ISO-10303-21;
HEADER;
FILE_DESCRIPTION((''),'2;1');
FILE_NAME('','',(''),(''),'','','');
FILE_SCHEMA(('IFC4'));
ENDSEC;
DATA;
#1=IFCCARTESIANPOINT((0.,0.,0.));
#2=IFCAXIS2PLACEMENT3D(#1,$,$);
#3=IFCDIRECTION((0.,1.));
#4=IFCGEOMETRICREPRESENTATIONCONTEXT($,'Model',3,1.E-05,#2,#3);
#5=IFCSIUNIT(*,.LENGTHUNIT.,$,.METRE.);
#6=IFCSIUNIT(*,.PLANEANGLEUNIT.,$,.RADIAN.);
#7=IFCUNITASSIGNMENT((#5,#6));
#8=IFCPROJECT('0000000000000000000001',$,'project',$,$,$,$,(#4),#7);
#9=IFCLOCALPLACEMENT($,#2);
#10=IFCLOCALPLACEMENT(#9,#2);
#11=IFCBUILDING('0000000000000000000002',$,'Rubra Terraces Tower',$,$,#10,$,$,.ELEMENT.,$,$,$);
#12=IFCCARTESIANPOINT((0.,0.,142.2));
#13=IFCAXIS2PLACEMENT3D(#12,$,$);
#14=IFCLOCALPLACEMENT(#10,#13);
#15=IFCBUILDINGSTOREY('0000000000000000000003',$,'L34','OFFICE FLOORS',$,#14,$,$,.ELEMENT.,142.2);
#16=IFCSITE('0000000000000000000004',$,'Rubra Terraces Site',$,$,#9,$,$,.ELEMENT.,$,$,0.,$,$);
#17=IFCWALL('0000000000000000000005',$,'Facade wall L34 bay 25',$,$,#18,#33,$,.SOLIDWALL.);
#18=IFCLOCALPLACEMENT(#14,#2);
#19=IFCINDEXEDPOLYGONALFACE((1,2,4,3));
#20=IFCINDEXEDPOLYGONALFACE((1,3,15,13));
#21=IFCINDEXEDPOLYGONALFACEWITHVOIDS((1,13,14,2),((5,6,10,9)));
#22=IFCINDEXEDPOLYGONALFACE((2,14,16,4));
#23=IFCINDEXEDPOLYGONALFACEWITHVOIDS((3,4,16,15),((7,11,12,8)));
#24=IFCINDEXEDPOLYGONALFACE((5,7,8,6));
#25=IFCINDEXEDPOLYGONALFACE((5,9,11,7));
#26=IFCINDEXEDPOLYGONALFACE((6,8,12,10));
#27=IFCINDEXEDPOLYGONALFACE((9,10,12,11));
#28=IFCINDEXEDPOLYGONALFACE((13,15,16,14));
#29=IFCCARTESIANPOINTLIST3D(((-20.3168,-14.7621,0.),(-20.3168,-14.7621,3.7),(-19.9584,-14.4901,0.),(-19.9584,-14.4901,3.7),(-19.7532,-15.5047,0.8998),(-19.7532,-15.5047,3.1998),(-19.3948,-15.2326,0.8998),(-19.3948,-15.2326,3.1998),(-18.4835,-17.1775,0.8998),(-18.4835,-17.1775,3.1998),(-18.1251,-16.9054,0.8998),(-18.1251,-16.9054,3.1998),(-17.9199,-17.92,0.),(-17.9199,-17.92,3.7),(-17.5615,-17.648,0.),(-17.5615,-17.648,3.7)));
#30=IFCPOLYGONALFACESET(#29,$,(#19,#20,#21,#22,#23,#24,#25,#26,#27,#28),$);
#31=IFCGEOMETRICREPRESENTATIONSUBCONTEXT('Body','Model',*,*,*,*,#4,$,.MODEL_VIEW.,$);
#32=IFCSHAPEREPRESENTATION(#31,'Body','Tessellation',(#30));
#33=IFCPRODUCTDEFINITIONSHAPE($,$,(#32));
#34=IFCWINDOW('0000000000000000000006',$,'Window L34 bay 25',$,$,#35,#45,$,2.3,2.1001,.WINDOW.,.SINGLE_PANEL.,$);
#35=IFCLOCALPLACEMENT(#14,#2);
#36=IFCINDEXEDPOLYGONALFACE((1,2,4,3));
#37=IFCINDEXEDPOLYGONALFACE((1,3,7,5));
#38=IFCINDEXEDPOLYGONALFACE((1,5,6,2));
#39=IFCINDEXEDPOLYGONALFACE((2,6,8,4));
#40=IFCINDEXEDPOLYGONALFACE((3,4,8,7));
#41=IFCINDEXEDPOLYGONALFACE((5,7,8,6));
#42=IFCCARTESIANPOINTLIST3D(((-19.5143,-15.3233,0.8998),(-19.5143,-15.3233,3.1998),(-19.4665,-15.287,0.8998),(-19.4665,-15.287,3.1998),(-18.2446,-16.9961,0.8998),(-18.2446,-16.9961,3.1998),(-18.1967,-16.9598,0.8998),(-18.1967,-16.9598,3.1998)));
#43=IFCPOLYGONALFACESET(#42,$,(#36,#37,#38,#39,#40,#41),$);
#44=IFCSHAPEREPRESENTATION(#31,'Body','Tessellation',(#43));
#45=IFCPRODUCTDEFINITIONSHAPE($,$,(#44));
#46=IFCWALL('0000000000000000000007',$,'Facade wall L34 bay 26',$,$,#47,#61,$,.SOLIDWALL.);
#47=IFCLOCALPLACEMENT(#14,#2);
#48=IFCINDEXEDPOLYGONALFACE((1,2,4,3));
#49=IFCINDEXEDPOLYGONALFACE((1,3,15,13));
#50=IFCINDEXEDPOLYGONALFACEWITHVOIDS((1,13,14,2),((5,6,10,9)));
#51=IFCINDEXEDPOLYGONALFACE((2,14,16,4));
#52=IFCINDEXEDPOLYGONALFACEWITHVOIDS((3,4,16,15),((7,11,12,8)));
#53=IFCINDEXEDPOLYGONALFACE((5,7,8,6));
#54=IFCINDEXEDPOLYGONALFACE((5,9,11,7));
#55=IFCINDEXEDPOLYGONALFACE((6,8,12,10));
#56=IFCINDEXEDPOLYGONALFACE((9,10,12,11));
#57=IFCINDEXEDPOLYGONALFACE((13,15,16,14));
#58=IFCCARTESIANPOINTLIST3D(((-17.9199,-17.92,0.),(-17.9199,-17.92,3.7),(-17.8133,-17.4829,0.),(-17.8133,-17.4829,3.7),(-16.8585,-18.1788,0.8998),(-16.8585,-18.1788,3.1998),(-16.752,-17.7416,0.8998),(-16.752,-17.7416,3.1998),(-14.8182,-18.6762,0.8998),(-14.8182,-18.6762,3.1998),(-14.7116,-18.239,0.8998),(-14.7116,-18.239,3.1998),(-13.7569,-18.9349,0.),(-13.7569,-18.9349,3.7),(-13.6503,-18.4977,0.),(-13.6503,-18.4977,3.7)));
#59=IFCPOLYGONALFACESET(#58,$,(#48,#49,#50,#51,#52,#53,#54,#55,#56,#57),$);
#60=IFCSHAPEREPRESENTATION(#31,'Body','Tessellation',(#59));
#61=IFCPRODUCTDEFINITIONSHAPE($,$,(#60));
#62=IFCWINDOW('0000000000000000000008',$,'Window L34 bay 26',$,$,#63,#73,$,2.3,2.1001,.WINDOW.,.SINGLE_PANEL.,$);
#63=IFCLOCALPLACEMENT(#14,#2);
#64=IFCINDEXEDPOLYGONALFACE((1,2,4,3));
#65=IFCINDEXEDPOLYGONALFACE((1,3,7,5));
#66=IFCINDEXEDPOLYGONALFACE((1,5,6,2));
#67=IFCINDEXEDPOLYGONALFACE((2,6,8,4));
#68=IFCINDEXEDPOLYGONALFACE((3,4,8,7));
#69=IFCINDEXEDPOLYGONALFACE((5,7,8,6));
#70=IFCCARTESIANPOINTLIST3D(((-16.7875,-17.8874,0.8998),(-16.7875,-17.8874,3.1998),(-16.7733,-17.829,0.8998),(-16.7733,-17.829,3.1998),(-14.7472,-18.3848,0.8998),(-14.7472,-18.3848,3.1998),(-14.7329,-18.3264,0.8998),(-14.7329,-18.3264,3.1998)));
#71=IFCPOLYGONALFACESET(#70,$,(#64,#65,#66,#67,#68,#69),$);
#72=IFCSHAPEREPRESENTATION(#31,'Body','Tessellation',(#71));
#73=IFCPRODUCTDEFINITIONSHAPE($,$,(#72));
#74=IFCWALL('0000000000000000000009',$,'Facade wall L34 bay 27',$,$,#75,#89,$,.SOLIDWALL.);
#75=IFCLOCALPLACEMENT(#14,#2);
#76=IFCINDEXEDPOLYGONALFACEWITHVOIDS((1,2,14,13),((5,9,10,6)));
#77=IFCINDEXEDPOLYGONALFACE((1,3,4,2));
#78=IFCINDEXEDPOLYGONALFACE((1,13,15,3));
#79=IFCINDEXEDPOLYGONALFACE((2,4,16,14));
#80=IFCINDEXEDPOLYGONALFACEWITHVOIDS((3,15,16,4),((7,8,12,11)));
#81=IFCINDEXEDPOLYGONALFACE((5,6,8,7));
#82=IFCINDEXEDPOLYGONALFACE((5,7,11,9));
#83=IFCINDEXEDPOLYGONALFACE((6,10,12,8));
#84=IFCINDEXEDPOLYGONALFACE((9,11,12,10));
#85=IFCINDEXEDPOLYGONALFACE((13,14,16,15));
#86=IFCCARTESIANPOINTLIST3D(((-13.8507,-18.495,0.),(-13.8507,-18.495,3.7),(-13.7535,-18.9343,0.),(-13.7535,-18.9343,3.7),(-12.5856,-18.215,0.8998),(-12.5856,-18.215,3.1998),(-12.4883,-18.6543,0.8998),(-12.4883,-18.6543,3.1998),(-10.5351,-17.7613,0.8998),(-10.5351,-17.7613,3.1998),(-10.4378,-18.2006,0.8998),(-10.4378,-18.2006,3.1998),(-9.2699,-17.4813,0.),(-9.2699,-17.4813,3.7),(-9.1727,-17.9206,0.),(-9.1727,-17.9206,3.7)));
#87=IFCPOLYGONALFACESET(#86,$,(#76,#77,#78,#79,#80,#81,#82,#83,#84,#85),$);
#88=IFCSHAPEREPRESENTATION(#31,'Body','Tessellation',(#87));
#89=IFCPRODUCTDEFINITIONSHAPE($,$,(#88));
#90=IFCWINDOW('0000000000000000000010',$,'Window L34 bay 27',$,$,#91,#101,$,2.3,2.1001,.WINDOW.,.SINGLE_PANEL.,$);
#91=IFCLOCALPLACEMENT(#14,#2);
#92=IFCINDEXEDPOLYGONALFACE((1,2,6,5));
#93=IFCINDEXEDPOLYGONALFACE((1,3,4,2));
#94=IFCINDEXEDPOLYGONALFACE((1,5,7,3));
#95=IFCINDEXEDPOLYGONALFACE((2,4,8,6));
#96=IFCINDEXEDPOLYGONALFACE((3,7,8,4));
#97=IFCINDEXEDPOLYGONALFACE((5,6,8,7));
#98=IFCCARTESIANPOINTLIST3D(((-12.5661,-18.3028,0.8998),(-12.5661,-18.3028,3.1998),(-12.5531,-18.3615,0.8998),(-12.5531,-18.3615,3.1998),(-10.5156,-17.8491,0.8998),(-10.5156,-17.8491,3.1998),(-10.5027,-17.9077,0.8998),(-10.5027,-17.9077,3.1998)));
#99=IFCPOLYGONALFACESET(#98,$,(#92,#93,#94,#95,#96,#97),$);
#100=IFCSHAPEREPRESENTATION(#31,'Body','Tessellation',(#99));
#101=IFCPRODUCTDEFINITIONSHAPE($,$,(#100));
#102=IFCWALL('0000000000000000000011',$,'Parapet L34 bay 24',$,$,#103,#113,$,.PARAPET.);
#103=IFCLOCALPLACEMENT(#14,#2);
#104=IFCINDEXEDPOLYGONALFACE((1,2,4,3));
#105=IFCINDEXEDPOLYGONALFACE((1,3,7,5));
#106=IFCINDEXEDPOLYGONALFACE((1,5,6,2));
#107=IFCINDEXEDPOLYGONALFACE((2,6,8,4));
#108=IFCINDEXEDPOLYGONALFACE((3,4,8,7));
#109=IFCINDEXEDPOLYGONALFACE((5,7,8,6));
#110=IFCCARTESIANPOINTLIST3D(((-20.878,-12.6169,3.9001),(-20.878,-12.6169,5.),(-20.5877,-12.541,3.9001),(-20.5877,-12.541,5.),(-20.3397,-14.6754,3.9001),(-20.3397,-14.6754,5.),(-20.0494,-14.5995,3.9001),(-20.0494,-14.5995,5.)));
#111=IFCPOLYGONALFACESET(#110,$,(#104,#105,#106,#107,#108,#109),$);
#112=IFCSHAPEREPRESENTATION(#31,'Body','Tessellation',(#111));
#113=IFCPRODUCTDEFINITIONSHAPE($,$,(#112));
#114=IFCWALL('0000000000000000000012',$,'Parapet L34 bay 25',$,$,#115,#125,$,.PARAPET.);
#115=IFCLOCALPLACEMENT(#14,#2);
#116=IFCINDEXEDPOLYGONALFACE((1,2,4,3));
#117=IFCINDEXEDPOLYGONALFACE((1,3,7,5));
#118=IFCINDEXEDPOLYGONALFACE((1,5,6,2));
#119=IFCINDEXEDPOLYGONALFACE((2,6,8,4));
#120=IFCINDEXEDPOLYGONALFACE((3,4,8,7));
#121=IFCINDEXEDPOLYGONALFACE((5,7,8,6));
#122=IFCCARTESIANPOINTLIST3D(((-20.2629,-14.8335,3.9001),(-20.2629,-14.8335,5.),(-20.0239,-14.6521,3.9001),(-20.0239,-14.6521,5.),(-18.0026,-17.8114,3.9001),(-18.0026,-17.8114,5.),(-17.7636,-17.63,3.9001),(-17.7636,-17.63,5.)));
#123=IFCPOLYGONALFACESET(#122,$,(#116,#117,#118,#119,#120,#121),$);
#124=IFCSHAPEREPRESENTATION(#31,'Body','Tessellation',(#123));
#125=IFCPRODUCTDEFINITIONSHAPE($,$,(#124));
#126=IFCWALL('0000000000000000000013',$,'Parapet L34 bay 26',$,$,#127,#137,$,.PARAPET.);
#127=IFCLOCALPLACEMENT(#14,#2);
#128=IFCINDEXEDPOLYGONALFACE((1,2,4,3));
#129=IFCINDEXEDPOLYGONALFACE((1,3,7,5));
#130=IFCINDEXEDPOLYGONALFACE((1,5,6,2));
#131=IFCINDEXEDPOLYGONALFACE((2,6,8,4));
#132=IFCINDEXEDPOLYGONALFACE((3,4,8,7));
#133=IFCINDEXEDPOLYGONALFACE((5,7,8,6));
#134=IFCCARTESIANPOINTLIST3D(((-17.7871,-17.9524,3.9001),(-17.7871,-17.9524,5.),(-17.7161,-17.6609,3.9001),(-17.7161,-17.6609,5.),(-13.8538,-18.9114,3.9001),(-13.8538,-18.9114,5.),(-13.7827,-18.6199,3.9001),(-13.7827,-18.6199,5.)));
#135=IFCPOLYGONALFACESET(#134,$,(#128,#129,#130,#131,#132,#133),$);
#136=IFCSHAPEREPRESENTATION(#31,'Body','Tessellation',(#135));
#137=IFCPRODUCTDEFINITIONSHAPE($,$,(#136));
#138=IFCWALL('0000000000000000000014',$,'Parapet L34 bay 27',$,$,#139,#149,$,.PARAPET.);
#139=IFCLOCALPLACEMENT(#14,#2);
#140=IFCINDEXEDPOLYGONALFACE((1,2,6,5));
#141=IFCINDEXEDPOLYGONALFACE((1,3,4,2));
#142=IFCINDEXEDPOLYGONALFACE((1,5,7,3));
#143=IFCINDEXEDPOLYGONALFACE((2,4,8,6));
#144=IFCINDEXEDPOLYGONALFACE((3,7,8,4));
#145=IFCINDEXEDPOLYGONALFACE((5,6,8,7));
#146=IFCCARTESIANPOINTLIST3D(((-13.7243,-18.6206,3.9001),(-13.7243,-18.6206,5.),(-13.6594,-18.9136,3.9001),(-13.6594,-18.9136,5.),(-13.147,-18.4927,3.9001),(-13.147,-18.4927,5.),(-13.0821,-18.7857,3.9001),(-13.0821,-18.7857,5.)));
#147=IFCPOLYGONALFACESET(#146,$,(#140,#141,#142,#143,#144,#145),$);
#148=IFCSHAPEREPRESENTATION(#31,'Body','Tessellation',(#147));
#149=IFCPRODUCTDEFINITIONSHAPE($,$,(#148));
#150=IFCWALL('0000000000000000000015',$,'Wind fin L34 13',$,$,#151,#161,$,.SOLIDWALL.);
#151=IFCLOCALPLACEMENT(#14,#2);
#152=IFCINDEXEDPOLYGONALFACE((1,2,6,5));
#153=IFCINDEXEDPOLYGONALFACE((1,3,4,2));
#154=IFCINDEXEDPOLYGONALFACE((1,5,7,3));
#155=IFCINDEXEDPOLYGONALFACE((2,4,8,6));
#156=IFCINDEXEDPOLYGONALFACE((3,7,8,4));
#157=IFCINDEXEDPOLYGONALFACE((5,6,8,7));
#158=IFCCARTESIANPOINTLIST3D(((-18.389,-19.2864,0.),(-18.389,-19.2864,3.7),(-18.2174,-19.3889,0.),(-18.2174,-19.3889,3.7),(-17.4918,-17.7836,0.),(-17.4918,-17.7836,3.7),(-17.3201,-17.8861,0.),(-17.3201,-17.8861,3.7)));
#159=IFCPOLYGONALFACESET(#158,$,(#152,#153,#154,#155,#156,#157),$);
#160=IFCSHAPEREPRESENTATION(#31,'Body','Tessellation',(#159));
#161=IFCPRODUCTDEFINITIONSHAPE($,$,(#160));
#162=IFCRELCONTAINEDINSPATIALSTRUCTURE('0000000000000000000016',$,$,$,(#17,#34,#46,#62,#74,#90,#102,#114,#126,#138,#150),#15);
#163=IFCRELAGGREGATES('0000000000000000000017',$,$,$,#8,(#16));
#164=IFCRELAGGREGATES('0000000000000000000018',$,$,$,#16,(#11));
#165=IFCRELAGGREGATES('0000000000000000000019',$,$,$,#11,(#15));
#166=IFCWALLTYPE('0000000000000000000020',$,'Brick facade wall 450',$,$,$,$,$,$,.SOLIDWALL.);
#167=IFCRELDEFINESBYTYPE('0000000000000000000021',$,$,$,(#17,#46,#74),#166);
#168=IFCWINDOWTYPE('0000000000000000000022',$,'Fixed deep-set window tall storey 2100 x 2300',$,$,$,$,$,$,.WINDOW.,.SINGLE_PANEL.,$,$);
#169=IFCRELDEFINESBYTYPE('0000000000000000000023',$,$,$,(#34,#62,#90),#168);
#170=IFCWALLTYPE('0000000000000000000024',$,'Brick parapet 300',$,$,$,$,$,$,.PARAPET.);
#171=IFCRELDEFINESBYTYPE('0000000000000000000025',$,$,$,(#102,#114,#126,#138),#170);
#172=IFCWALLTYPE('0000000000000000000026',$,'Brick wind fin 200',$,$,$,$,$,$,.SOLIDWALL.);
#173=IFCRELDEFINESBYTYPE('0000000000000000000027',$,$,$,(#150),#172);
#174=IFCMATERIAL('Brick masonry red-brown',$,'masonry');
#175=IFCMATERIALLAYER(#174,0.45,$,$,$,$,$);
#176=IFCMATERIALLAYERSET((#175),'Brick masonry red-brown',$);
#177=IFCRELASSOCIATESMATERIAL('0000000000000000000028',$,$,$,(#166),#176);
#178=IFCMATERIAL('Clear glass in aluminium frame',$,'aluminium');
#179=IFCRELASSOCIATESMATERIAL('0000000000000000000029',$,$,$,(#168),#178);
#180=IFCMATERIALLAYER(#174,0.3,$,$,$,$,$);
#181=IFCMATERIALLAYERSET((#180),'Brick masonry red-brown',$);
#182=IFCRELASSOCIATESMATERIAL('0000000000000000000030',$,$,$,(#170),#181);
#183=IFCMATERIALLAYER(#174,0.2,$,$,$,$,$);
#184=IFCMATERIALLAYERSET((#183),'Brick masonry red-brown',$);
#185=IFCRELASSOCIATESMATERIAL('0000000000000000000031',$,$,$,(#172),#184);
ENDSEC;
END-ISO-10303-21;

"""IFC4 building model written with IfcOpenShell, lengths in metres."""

from ifc_helpers import new_model, si_unit, direction, frame, frame_2d, origin, place, context, subcontext, project, spatial, rectangle, extrude, material, layer, layer_set, type_object, element, fill, save


model = new_model("IFC4")

# Units and contexts
model_context = context("Model", 3, precision=1e-05, world=origin(), true_north=direction((0.0, 1.0)))
body_context = subcontext(model_context, "Body", "Model", "MODEL_VIEW")
ifc_project = project(units=[si_unit("LENGTHUNIT", "METRE"), si_unit("PLANEANGLEUNIT", "RADIAN")], contexts=[model_context])

# Site, building, storey
site_placement = place(None, origin())
site = spatial("IfcSite", under=ifc_project, at=site_placement, Name="Rubra Terraces Site", CompositionType="ELEMENT", RefElevation=0.0)
building_placement = place(site_placement, origin())
building = spatial("IfcBuilding", under=site, at=building_placement, Name="Rubra Terraces Tower", CompositionType="ELEMENT")
storey_placement = place(building_placement, frame((0.0, 0.0, 142.2)))
storey = spatial("IfcBuildingStorey", under=building, at=storey_placement, Name="L34", Description="OFFICE FLOORS", CompositionType="ELEMENT", Elevation=142.2)

# Walls, openings, windows
ifc_material_1 = material(Name="Brick masonry red-brown", Category="masonry")
ifc_layer_1 = layer(ifc_material_1, 0.45)
ifc_layer_set_1 = layer_set([ifc_layer_1], Name="Brick masonry red-brown")
wall_type_1 = type_object("IfcWallType", Name="Brick facade wall 450", PredefinedType="SOLIDWALL", material=ifc_layer_set_1)
ifc_material_2 = material(Name="Clear glass in aluminium frame", Category="aluminium")
window_type = type_object("IfcWindowType", Name="Fixed deep-set window tall storey 2100 x 2300", PartitioningType="SINGLE_PANEL", PredefinedType="WINDOW", material=ifc_material_2)
wall_1_placement = place(storey_placement, frame((-20.1377, -14.626, 0.0), z_axis=(0.0, 0.0, 1.0), x_axis=(0.604591, -0.796536, 0.0)))
wall_1 = element("IfcWall", 1, at=wall_1_placement, inside=storey, type_object=wall_type_1, Name="Facade wall L34 bay 25", PredefinedType="SOLIDWALL", context=body_context, shape_type="SweptSolid", body=[
    extrude(rectangle(XDim=3.9646, YDim=0.45, at=frame_2d((1.9824, 0.0))), origin(), (0.0, 0.0, 1.0), 3.7),
])
opening_1_placement = place(wall_1_placement, frame((0.9324, 0.0, 0.8999)))
opening_1 = element("IfcOpeningElement", 2, at=opening_1_placement, cuts=wall_1, PredefinedType="OPENING", context=body_context, shape_type="SweptSolid", body=[
    extrude(rectangle(XDim=2.1001, YDim=2.3, at=frame_2d((1.05, 1.1499))), frame((0.0, 0.2349, 0.0), z_axis=(0.0, -1.0, 0.0), x_axis=(1.0, 0.0, 0.0)), (0.0, 0.0, 1.0), 0.47),
])
window_1_placement = place(opening_1_placement, origin())
window_1 = element("IfcWindow", 3, at=window_1_placement, inside=storey, type_object=window_type, Name="Window L34 bay 25", OverallHeight=2.3, OverallWidth=2.1001, PartitioningType="SINGLE_PANEL", PredefinedType="WINDOW", context=body_context, shape_type="SweptSolid", body=[
    extrude(rectangle(XDim=2.1001, YDim=2.3, at=frame_2d((1.05, 1.1499))), frame((0.0, 0.135, 0.0), z_axis=(0.0, -1.0, 0.0), x_axis=(1.0, 0.0, 0.0)), (0.0, 0.0, 1.0), 0.0601),
])
fill(opening_1, window_1)
wall_2_placement = place(storey_placement, frame((-17.8667, -17.7014, 0.0), z_axis=(0.0, 0.0, 1.0), x_axis=(0.971547, -0.236847, 0.0)))
wall_2 = element("IfcWall", 4, at=wall_2_placement, inside=storey, type_object=wall_type_1, Name="Facade wall L34 bay 26", PredefinedType="SOLIDWALL", context=body_context, shape_type="SweptSolid", body=[
    extrude(rectangle(XDim=4.2849, YDim=0.45, at=frame_2d((2.1426, 0.0))), origin(), (0.0, 0.0, 1.0), 3.7),
])
opening_2_placement = place(wall_2_placement, frame((1.0925, 0.0, 0.8999)))
opening_2 = element("IfcOpeningElement", 5, at=opening_2_placement, cuts=wall_2, PredefinedType="OPENING", context=body_context, shape_type="SweptSolid", body=[
    extrude(rectangle(XDim=2.1001, YDim=2.3, at=frame_2d((1.05, 1.1499))), frame((0.0, 0.2349, 0.0), z_axis=(0.0, -1.0, 0.0), x_axis=(1.0, 0.0, 0.0)), (0.0, 0.0, 1.0), 0.47),
])
window_2_placement = place(opening_2_placement, origin())
window_2 = element("IfcWindow", 6, at=window_2_placement, inside=storey, type_object=window_type, Name="Window L34 bay 26", OverallHeight=2.3, OverallWidth=2.1001, PartitioningType="SINGLE_PANEL", PredefinedType="WINDOW", context=body_context, shape_type="SweptSolid", body=[
    extrude(rectangle(XDim=2.1001, YDim=2.3, at=frame_2d((1.05, 1.1499))), frame((0.0, 0.135, 0.0), z_axis=(0.0, -1.0, 0.0), x_axis=(1.0, 0.0, 0.0)), (0.0, 0.0, 1.0), 0.0601),
])
fill(opening_2, window_2)
wall_3_placement = place(storey_placement, frame((-13.802, -18.7146, 0.0), z_axis=(0.0, 0.0, 1.0), x_axis=(0.97638, 0.21606, 0.0)))
wall_3 = element("IfcWall", 7, at=wall_3_placement, inside=storey, type_object=wall_type_1, Name="Facade wall L34 bay 27", PredefinedType="SOLIDWALL", context=body_context, shape_type="SweptSolid", body=[
    extrude(rectangle(XDim=4.6917, YDim=0.45, at=frame_2d((2.3457, 0.0))), origin(), (0.0, 0.0, 1.0), 3.7),
])
opening_3_placement = place(wall_3_placement, frame((1.2957, 0.0, 0.8999)))
opening_3 = element("IfcOpeningElement", 8, at=opening_3_placement, cuts=wall_3, PredefinedType="OPENING", context=body_context, shape_type="SweptSolid", body=[
    extrude(rectangle(XDim=2.1001, YDim=2.3, at=frame_2d((1.05, 1.1499))), frame((0.0, 0.2349, 0.0), z_axis=(0.0, -1.0, 0.0), x_axis=(1.0, 0.0, 0.0)), (0.0, 0.0, 1.0), 0.47),
])
window_3_placement = place(opening_3_placement, origin())
window_3 = element("IfcWindow", 9, at=window_3_placement, inside=storey, type_object=window_type, Name="Window L34 bay 27", OverallHeight=2.3, OverallWidth=2.1001, PartitioningType="SINGLE_PANEL", PredefinedType="WINDOW", context=body_context, shape_type="SweptSolid", body=[
    extrude(rectangle(XDim=2.1001, YDim=2.3, at=frame_2d((1.05, 1.1499))), frame((0.0, 0.135, 0.0), z_axis=(0.0, -1.0, 0.0), x_axis=(1.0, 0.0, 0.0)), (0.0, 0.0, 1.0), 0.0601),
])
fill(opening_3, window_3)

# Walls
ifc_layer_2 = layer(ifc_material_1, 0.3)
ifc_layer_set_2 = layer_set([ifc_layer_2], Name="Brick masonry red-brown")
wall_type_2 = type_object("IfcWallType", Name="Brick parapet 300", PredefinedType="PARAPET", material=ifc_layer_set_2)
wall_4_placement = place(storey_placement, frame((-20.7329, -12.5789, 3.9001), z_axis=(0.0, 0.0, 1.0), x_axis=(0.253024, -0.96746, 0.0)))
element("IfcWall", 10, at=wall_4_placement, inside=storey, type_object=wall_type_2, Name="Parapet L34 bay 24", PredefinedType="PARAPET", context=body_context, shape_type="SweptSolid", body=[
    extrude(rectangle(XDim=2.1277, YDim=0.3, at=frame_2d((1.064, 0.0))), origin(), (0.0, 0.0, 1.0), 1.0999),
])
wall_5_placement = place(storey_placement, frame((-20.1433, -14.7429, 3.9001), z_axis=(0.0, 0.0, 1.0), x_axis=(0.604598, -0.796531, 0.0)))
element("IfcWall", 11, at=wall_5_placement, inside=storey, type_object=wall_type_2, Name="Parapet L34 bay 25", PredefinedType="PARAPET", context=body_context, shape_type="SweptSolid", body=[
    extrude(rectangle(XDim=3.7385, YDim=0.3, at=frame_2d((1.8691, 0.0))), origin(), (0.0, 0.0, 1.0), 1.0999),
])
wall_6_placement = place(storey_placement, frame((-17.7517, -17.8066, 3.9001), z_axis=(0.0, 0.0, 1.0), x_axis=(0.971541, -0.23687, 0.0)))
element("IfcWall", 12, at=wall_6_placement, inside=storey, type_object=wall_type_2, Name="Parapet L34 bay 26", PredefinedType="PARAPET", context=body_context, shape_type="SweptSolid", body=[
    extrude(rectangle(XDim=4.0486, YDim=0.3, at=frame_2d((2.0244, 0.0))), origin(), (0.0, 0.0, 1.0), 1.0999),
])
wall_7_placement = place(storey_placement, frame((-13.6919, -18.7671, 3.9001), z_axis=(0.0, 0.0, 1.0), x_axis=(0.976323, 0.216318, 0.0)))
element("IfcWall", 13, at=wall_7_placement, inside=storey, type_object=wall_type_2, Name="Parapet L34 bay 27", PredefinedType="PARAPET", context=body_context, shape_type="SweptSolid", body=[
    extrude(rectangle(XDim=0.5913, YDim=0.3, at=frame_2d((0.2957, 0.0))), origin(), (0.0, 0.0, 1.0), 1.0999),
])
ifc_layer_3 = layer(ifc_material_1, 0.2)
ifc_layer_set_3 = layer_set([ifc_layer_3], Name="Brick masonry red-brown")
wall_type_3 = type_object("IfcWallType", Name="Brick wind fin 200", PredefinedType="SOLIDWALL", material=ifc_layer_set_3)
wall_8_placement = place(storey_placement, frame((-17.406, -17.835, 0.0), z_axis=(0.0, 0.0, 1.0), x_axis=(-0.512648, -0.858599, 0.0)))
element("IfcWall", 14, at=wall_8_placement, inside=storey, type_object=wall_type_3, Name="Wind fin L34 13", PredefinedType="SOLIDWALL", context=body_context, shape_type="SweptSolid", body=[
    extrude(rectangle(XDim=1.7502, YDim=0.2, at=frame_2d((0.875, 0.0))), origin(), (0.0, 0.0, 1.0), 3.7),
])

save(model, "model.ifc")
